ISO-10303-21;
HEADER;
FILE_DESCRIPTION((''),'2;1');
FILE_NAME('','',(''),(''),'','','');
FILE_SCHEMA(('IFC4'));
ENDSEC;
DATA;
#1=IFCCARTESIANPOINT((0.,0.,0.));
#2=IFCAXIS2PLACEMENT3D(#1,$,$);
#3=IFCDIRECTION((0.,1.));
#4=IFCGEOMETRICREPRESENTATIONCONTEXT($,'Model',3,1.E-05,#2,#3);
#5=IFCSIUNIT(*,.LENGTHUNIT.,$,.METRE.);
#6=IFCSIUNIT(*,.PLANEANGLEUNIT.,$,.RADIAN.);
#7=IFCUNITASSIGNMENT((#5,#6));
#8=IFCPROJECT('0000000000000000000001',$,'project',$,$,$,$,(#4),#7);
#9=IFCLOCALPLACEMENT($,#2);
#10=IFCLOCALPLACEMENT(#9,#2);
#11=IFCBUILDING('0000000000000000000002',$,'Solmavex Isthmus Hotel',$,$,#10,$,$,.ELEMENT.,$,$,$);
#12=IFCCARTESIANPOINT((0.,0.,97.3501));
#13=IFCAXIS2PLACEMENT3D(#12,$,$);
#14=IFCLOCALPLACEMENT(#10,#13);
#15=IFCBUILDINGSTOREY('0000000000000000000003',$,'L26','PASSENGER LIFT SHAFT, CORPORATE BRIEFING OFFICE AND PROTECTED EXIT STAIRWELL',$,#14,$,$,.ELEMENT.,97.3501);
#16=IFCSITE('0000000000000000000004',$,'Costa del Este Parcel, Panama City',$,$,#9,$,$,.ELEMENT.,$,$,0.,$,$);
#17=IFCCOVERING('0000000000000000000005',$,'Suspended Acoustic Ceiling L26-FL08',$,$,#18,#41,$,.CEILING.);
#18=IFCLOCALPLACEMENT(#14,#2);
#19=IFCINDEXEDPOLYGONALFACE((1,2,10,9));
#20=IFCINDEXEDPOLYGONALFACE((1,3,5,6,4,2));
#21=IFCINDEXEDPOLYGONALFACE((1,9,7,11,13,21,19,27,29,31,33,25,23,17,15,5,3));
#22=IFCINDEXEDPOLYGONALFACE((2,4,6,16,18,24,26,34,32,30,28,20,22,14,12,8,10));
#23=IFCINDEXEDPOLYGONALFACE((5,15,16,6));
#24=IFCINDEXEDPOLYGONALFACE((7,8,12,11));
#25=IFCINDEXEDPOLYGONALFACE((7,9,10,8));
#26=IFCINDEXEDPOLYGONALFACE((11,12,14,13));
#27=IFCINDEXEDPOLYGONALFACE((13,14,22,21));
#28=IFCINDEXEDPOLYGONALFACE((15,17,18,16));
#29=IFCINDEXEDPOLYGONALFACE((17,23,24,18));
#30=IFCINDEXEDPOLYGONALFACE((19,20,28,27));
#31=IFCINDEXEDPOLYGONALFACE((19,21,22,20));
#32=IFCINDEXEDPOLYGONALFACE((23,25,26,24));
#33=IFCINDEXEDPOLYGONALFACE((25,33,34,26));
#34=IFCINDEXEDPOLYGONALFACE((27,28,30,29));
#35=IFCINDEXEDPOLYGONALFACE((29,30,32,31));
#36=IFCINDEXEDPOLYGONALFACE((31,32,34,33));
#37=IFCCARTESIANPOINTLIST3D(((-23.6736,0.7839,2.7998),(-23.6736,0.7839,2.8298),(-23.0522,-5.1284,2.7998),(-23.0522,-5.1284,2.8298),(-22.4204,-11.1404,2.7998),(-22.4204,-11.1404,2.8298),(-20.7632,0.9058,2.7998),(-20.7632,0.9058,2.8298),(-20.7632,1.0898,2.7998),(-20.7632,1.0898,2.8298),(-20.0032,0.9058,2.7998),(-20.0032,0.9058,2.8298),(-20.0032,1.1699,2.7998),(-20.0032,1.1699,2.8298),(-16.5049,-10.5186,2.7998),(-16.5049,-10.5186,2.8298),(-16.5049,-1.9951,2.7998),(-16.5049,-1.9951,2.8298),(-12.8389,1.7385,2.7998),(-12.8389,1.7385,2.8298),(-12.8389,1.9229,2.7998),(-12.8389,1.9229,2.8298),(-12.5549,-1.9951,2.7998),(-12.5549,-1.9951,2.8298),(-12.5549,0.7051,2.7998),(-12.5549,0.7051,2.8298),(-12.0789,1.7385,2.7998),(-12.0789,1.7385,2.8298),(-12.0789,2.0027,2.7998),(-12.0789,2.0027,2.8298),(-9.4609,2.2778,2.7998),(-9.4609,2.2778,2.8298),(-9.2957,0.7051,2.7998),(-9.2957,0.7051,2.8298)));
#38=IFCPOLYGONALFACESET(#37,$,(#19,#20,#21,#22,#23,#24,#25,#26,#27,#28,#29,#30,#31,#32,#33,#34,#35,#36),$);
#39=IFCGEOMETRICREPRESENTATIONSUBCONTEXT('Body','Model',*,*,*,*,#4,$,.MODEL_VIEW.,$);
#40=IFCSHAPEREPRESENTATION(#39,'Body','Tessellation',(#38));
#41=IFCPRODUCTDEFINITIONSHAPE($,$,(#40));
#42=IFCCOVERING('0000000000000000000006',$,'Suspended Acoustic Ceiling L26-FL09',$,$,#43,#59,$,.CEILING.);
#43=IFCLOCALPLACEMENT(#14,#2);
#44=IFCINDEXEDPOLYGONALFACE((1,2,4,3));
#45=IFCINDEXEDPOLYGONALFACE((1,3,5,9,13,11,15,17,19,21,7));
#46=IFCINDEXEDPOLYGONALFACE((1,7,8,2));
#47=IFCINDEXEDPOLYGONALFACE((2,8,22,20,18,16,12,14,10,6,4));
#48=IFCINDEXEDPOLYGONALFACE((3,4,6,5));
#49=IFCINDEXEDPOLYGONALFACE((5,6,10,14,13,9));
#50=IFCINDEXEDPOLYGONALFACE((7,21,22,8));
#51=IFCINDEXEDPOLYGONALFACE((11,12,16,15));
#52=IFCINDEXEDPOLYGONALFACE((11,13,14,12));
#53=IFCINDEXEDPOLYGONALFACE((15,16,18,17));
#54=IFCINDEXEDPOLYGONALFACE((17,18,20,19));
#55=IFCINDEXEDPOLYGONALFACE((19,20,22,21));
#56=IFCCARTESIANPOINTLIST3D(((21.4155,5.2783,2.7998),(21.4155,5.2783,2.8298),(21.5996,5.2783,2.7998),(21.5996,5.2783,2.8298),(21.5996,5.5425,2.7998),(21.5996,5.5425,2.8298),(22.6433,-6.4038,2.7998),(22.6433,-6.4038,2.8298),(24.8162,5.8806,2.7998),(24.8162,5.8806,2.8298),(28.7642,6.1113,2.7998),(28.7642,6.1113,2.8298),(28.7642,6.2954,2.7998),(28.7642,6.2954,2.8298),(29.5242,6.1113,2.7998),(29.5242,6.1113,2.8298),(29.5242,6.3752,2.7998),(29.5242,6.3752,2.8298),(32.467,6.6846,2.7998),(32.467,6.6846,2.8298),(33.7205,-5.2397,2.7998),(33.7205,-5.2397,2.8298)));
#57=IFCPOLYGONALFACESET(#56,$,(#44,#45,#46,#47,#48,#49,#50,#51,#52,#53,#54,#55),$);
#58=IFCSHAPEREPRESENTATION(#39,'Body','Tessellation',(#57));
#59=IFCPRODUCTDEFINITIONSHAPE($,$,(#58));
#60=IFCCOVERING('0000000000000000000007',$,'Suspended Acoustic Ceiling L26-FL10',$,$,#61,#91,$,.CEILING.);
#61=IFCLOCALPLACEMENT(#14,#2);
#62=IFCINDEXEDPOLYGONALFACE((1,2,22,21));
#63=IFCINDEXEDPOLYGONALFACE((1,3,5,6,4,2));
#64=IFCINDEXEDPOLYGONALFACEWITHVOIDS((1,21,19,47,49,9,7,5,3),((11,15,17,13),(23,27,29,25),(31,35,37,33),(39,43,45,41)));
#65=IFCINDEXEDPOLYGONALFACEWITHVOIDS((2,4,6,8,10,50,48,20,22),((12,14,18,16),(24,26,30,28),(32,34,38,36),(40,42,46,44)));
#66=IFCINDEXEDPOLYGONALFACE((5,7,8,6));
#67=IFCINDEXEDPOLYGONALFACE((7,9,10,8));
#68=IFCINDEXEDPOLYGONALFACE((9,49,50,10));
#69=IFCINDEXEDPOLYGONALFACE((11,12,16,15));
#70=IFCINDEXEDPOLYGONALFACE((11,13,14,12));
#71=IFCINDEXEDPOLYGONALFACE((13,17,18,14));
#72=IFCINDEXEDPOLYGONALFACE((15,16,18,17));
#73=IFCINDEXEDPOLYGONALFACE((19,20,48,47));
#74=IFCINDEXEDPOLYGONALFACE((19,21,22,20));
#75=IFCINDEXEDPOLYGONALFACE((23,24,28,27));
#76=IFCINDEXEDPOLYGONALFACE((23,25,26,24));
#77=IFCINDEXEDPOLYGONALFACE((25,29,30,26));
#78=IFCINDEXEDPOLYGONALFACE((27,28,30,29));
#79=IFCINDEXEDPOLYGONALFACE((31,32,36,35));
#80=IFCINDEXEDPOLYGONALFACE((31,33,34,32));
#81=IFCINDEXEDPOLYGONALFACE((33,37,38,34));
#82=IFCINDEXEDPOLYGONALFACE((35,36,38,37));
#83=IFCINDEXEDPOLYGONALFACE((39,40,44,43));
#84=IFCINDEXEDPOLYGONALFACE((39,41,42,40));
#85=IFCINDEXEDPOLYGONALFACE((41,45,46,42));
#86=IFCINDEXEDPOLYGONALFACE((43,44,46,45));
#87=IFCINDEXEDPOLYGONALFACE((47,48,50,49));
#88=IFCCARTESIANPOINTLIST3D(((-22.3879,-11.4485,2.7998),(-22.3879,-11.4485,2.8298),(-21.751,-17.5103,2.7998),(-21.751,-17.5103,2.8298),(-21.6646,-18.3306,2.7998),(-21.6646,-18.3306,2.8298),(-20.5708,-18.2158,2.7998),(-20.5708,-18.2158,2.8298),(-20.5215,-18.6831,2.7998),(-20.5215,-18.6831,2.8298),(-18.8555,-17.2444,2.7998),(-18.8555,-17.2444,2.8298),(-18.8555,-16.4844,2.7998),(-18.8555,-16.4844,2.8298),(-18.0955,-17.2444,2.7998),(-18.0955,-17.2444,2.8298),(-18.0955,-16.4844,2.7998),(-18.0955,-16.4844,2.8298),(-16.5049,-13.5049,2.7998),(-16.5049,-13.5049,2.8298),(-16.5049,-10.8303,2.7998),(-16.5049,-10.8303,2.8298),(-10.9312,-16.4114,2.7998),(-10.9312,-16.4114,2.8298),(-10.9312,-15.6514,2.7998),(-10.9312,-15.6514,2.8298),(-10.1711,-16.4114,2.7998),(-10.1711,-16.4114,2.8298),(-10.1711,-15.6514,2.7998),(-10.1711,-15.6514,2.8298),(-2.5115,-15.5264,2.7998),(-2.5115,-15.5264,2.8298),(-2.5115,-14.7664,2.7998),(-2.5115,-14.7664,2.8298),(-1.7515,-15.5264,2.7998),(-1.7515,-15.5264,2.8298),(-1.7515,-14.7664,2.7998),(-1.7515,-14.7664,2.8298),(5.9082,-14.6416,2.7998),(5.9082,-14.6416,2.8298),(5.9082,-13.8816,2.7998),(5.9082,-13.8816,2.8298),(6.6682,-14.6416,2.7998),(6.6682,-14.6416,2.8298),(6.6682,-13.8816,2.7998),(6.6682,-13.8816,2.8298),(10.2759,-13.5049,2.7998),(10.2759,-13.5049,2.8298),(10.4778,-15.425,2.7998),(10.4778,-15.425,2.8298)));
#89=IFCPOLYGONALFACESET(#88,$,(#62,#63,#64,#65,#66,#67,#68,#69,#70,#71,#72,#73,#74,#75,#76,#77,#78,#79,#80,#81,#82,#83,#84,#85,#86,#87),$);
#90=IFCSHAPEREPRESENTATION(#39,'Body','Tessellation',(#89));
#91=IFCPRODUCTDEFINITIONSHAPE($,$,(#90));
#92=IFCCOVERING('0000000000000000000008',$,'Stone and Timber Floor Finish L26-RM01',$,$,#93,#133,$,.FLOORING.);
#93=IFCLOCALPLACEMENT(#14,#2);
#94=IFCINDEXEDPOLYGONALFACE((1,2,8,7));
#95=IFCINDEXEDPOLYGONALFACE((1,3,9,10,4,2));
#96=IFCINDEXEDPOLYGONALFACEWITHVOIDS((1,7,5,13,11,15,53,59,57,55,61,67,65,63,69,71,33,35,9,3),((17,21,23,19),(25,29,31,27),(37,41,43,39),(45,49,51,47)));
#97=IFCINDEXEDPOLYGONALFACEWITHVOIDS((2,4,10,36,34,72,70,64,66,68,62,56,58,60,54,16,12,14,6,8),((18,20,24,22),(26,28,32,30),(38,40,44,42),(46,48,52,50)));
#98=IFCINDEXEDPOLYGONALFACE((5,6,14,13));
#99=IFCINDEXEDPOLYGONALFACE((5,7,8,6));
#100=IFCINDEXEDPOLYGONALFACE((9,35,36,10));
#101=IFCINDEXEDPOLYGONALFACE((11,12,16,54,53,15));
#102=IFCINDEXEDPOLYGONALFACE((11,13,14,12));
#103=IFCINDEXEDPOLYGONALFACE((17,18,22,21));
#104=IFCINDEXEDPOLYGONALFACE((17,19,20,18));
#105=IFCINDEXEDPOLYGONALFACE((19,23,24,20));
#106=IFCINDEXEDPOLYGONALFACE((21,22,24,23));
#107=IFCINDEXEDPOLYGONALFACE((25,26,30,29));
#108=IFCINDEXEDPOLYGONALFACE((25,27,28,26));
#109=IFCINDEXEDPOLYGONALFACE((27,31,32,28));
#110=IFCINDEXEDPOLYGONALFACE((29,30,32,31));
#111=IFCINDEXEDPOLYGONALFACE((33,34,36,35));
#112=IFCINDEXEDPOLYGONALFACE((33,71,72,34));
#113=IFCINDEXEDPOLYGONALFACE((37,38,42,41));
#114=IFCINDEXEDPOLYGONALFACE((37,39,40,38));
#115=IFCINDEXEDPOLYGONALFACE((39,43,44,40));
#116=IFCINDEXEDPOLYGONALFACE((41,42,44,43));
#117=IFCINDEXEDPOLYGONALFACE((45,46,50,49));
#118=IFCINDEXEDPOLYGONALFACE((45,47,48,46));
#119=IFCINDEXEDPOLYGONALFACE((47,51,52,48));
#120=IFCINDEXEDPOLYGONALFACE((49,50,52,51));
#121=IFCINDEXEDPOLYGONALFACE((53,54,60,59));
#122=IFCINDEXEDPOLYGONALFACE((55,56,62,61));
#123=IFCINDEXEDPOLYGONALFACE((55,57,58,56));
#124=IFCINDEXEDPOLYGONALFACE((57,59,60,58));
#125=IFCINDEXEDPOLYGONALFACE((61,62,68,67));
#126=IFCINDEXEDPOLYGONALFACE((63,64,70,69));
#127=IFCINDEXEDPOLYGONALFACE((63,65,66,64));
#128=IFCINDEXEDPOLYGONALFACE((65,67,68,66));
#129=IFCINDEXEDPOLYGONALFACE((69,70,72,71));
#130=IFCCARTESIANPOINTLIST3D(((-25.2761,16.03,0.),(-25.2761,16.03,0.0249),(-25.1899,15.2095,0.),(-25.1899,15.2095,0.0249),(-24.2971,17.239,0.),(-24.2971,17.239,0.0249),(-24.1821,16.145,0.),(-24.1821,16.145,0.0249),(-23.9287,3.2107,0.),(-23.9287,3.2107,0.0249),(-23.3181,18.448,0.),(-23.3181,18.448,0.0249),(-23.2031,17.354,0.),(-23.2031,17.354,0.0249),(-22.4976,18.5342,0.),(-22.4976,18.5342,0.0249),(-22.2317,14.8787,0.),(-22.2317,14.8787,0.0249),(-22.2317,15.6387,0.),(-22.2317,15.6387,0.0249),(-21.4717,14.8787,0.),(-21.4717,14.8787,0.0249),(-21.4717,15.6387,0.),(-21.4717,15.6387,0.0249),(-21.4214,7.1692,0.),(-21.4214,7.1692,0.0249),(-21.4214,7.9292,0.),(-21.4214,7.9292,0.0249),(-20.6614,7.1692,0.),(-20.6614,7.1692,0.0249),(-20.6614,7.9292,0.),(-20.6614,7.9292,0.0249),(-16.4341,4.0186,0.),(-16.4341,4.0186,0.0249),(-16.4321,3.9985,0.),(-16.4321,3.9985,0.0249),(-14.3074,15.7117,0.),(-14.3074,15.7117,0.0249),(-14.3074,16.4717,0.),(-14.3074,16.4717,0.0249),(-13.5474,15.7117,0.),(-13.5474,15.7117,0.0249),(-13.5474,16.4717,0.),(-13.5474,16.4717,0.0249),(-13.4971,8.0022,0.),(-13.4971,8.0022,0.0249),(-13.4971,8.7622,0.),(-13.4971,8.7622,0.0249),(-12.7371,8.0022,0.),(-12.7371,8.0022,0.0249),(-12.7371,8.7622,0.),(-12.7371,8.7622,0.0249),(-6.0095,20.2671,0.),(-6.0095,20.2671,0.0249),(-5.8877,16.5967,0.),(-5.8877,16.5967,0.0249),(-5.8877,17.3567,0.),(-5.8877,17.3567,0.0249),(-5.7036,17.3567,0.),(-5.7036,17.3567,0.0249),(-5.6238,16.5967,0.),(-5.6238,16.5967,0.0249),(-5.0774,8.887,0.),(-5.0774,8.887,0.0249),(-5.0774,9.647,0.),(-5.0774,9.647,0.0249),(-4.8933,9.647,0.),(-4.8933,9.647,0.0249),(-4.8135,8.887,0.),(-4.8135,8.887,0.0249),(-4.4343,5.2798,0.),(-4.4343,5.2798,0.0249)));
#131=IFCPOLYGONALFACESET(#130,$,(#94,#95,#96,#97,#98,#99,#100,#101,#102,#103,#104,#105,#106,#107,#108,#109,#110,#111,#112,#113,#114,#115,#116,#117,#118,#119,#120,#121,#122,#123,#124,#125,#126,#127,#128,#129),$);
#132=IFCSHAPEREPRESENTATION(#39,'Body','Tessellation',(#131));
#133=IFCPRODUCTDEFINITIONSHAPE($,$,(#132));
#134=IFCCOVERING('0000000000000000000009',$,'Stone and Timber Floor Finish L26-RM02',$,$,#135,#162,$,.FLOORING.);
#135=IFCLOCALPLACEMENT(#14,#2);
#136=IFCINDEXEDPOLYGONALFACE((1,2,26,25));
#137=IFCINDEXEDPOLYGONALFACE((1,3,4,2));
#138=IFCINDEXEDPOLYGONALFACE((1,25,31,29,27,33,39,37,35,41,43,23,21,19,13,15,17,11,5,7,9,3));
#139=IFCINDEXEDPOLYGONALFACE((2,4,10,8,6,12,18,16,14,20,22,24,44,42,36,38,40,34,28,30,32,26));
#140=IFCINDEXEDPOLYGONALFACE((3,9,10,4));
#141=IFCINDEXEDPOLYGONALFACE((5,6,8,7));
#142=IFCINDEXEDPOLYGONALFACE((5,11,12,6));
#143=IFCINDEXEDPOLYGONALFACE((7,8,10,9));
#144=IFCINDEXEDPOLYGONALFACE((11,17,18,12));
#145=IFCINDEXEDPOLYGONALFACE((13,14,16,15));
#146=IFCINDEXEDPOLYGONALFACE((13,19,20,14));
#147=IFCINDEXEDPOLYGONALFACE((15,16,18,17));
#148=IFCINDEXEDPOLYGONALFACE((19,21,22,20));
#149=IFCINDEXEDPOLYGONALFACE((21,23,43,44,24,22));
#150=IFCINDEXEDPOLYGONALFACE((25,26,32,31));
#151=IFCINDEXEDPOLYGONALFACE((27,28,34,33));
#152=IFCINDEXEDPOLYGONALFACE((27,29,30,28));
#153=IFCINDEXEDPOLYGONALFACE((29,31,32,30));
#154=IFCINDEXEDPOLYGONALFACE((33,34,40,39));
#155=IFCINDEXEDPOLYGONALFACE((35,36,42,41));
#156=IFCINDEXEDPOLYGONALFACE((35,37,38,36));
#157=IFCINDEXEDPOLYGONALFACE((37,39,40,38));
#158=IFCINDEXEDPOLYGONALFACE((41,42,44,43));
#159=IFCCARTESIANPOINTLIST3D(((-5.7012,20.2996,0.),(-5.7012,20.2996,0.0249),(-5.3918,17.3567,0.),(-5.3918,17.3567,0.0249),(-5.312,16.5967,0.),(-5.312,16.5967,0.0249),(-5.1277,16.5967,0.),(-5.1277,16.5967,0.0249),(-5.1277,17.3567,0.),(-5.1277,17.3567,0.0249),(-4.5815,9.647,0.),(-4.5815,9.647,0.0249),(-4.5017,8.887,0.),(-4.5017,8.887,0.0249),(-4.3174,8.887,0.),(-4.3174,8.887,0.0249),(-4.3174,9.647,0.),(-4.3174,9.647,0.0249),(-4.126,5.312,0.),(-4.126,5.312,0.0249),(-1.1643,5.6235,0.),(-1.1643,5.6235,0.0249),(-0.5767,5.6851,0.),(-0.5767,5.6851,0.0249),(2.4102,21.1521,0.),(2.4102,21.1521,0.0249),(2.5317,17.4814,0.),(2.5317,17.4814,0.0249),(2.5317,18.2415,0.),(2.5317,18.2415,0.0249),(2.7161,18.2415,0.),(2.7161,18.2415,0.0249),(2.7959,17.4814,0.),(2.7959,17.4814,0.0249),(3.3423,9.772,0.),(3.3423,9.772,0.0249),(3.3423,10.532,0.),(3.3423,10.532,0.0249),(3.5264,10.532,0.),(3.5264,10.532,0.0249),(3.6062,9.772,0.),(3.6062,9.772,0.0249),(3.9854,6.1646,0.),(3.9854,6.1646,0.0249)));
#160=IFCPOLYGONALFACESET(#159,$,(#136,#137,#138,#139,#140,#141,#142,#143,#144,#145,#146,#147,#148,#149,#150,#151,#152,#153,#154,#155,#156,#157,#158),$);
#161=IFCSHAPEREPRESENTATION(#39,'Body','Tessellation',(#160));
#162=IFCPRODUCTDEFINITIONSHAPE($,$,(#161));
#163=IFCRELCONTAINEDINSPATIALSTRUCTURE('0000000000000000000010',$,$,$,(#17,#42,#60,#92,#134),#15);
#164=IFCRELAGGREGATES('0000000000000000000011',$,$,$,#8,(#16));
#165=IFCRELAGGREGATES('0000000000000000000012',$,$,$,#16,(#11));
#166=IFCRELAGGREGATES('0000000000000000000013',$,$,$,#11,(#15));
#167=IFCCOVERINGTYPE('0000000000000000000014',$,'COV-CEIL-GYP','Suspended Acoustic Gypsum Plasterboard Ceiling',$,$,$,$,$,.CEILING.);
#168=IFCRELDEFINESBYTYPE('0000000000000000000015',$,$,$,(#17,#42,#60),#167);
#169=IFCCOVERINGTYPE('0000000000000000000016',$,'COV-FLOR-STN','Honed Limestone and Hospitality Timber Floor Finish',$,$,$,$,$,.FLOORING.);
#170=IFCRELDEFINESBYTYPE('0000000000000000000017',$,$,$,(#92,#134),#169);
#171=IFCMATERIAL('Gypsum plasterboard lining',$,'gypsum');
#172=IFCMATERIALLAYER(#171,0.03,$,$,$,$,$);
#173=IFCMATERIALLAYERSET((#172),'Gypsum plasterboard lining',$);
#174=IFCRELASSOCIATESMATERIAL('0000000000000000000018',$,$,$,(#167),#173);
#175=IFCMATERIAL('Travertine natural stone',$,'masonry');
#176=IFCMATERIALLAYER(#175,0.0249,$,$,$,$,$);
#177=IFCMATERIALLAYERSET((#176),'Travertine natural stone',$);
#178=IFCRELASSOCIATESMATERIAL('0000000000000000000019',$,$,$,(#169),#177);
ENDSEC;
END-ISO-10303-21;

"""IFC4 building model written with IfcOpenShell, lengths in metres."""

from ifc_helpers import new_model, si_unit, direction, frame, origin, place, context, subcontext, project, spatial, polyline, outline, extrude, material, layer, layer_set, type_object, element, save


model = new_model("IFC4")

# Units and contexts
model_context = context("Model", 3, precision=1e-05, world=origin(), true_north=direction((0.0, 1.0)))
body_context = subcontext(model_context, "Body", "Model", "MODEL_VIEW")
ifc_project = project(units=[si_unit("LENGTHUNIT", "METRE"), si_unit("PLANEANGLEUNIT", "RADIAN")], contexts=[model_context])

# Site, building, storey
site_placement = place(None, origin())
site = spatial("IfcSite", under=ifc_project, at=site_placement, Name="Costa del Este Parcel, Panama City", CompositionType="ELEMENT", RefElevation=0.0)
building_placement = place(site_placement, origin())
building = spatial("IfcBuilding", under=site, at=building_placement, Name="Solmavex Isthmus Hotel", CompositionType="ELEMENT")
storey_placement = place(building_placement, frame((0.0, 0.0, 97.3501)))
storey = spatial("IfcBuildingStorey", under=building, at=storey_placement, Name="L26", Description="PASSENGER LIFT SHAFT, CORPORATE BRIEFING OFFICE AND PROTECTED EXIT STAIRWELL", CompositionType="ELEMENT", Elevation=97.3501)

# Coverings
ifc_material_1 = material(Name="Gypsum plasterboard lining", Category="gypsum")
ifc_layer_1 = layer(ifc_material_1, 0.03)
ifc_layer_set_1 = layer_set([ifc_layer_1], Name="Gypsum plasterboard lining")
covering_type_1 = type_object("IfcCoveringType", Name="COV-CEIL-GYP", Description="Suspended Acoustic Gypsum Plasterboard Ceiling", PredefinedType="CEILING", material=ifc_layer_set_1)
covering_1_placement = place(storey_placement, frame((0.0, 0.0, 2.7998)))
element("IfcCovering", 1, at=covering_1_placement, inside=storey, type_object=covering_type_1, Name="Suspended Acoustic Ceiling L26-FL08", PredefinedType="CEILING", context=body_context, shape_type="SweptSolid", body=[
    extrude(outline(polyline([(-20.0032, 1.1699), (-20.0032, 0.9058), (-20.7632, 0.9058), (-20.7632, 1.0898), (-23.6736, 0.7839), (-23.0522, -5.1284), (-22.4204, -11.1404), (-16.5049, -10.5186), (-16.5049, -1.9951), (-12.5549, -1.9951), (-12.5549, 0.7051), (-9.2957, 0.7051), (-9.4609, 2.2778), (-12.0789, 2.0027), (-12.0789, 1.7385), (-12.8389, 1.7385), (-12.8389, 1.9229), (-20.0032, 1.1699)])), origin(), (0.0, 0.0, 1.0), 0.03),
])
covering_2_placement = place(storey_placement, frame((0.0, 0.0, 2.7998)))
element("IfcCovering", 2, at=covering_2_placement, inside=storey, type_object=covering_type_1, Name="Suspended Acoustic Ceiling L26-FL09", PredefinedType="CEILING", context=body_context, shape_type="SweptSolid", body=[
    extrude(outline(polyline([(29.5242, 6.3752), (29.5242, 6.1113), (28.7642, 6.1113), (28.7642, 6.2954), (24.8162, 5.8806), (21.5996, 5.5425), (21.5996, 5.2783), (21.4155, 5.2783), (22.6433, -6.4038), (33.7205, -5.2397), (32.467, 6.6846), (29.5242, 6.3752)])), origin(), (0.0, 0.0, 1.0), 0.03),
])
covering_3_placement = place(storey_placement, frame((0.0, 0.0, 2.7998)))
element("IfcCovering", 3, at=covering_3_placement, inside=storey, type_object=covering_type_1, Name="Suspended Acoustic Ceiling L26-FL10", PredefinedType="CEILING", context=body_context, shape_type="SweptSolid", body=[
    extrude(outline(polyline([(-20.5708, -18.2158), (-20.5215, -18.6831), (10.4778, -15.425), (10.2759, -13.5049), (-16.5049, -13.5049), (-16.5049, -10.8303), (-22.3879, -11.4485), (-21.751, -17.5103), (-21.6646, -18.3306), (-20.5708, -18.2158)]), holes=[polyline([(5.9082, -14.6416), (5.9082, -13.8816), (6.6682, -13.8816), (6.6682, -14.6416), (5.9082, -14.6416)]), polyline([(-2.5115, -15.5264), (-2.5115, -14.7664), (-1.7515, -14.7664), (-1.7515, -15.5264), (-2.5115, -15.5264)]), polyline([(-10.9312, -16.4114), (-10.9312, -15.6514), (-10.1711, -15.6514), (-10.1711, -16.4114), (-10.9312, -16.4114)]), polyline([(-18.8555, -17.2444), (-18.8555, -16.4844), (-18.0955, -16.4844), (-18.0955, -17.2444), (-18.8555, -17.2444)])]), origin(), (0.0, 0.0, 1.0), 0.03),
])
ifc_material_2 = material(Name="Travertine natural stone", Category="masonry")
ifc_layer_2 = layer(ifc_material_2, 0.0249)
ifc_layer_set_2 = layer_set([ifc_layer_2], Name="Travertine natural stone")
covering_type_2 = type_object("IfcCoveringType", Name="COV-FLOR-STN", Description="Honed Limestone and Hospitality Timber Floor Finish", PredefinedType="FLOORING", material=ifc_layer_set_2)
covering_4_placement = place(storey_placement, origin())
element("IfcCovering", 4, at=covering_4_placement, inside=storey, type_object=covering_type_2, Name="Stone and Timber Floor Finish L26-RM01", PredefinedType="FLOORING", context=body_context, shape_type="SweptSolid", body=[
    extrude(outline(polyline([(-16.4321, 3.9985), (-16.4341, 4.0186), (-4.4343, 5.2798), (-4.8135, 8.887), (-5.0774, 8.887), (-5.0774, 9.647), (-4.8933, 9.647), (-5.6238, 16.5967), (-5.8877, 16.5967), (-5.8877, 17.3567), (-5.7036, 17.3567), (-6.0095, 20.2671), (-22.4976, 18.5342), (-23.3181, 18.448), (-23.2031, 17.354), (-24.2971, 17.239), (-24.1821, 16.145), (-25.2761, 16.03), (-25.1899, 15.2095), (-23.9287, 3.2107), (-16.4321, 3.9985)]), holes=[polyline([(-13.4971, 8.0022), (-13.4971, 8.7622), (-12.7371, 8.7622), (-12.7371, 8.0022), (-13.4971, 8.0022)]), polyline([(-14.3074, 16.4717), (-13.5474, 16.4717), (-13.5474, 15.7117), (-14.3074, 15.7117), (-14.3074, 16.4717)]), polyline([(-21.4214, 7.1692), (-21.4214, 7.9292), (-20.6614, 7.9292), (-20.6614, 7.1692), (-21.4214, 7.1692)]), polyline([(-22.2317, 14.8787), (-22.2317, 15.6387), (-21.4717, 15.6387), (-21.4717, 14.8787), (-22.2317, 14.8787)])]), origin(), (0.0, 0.0, 1.0), 0.0249),
])
covering_5_placement = place(storey_placement, origin())
element("IfcCovering", 5, at=covering_5_placement, inside=storey, type_object=covering_type_2, Name="Stone and Timber Floor Finish L26-RM02", PredefinedType="FLOORING", context=body_context, shape_type="SweptSolid", body=[
    extrude(outline(polyline([(-4.5815, 9.647), (-4.3174, 9.647), (-4.3174, 8.887), (-4.5017, 8.887), (-4.126, 5.312), (-1.1643, 5.6235), (-0.5767, 5.6851), (3.9854, 6.1646), (3.6062, 9.772), (3.3423, 9.772), (3.3423, 10.532), (3.5264, 10.532), (2.7959, 17.4814), (2.5317, 17.4814), (2.5317, 18.2415), (2.7161, 18.2415), (2.4102, 21.1521), (-5.7012, 20.2996), (-5.3918, 17.3567), (-5.1277, 17.3567), (-5.1277, 16.5967), (-5.312, 16.5967), (-4.5815, 9.647)])), origin(), (0.0, 0.0, 1.0), 0.0249),
])

save(model, "model.ifc")
